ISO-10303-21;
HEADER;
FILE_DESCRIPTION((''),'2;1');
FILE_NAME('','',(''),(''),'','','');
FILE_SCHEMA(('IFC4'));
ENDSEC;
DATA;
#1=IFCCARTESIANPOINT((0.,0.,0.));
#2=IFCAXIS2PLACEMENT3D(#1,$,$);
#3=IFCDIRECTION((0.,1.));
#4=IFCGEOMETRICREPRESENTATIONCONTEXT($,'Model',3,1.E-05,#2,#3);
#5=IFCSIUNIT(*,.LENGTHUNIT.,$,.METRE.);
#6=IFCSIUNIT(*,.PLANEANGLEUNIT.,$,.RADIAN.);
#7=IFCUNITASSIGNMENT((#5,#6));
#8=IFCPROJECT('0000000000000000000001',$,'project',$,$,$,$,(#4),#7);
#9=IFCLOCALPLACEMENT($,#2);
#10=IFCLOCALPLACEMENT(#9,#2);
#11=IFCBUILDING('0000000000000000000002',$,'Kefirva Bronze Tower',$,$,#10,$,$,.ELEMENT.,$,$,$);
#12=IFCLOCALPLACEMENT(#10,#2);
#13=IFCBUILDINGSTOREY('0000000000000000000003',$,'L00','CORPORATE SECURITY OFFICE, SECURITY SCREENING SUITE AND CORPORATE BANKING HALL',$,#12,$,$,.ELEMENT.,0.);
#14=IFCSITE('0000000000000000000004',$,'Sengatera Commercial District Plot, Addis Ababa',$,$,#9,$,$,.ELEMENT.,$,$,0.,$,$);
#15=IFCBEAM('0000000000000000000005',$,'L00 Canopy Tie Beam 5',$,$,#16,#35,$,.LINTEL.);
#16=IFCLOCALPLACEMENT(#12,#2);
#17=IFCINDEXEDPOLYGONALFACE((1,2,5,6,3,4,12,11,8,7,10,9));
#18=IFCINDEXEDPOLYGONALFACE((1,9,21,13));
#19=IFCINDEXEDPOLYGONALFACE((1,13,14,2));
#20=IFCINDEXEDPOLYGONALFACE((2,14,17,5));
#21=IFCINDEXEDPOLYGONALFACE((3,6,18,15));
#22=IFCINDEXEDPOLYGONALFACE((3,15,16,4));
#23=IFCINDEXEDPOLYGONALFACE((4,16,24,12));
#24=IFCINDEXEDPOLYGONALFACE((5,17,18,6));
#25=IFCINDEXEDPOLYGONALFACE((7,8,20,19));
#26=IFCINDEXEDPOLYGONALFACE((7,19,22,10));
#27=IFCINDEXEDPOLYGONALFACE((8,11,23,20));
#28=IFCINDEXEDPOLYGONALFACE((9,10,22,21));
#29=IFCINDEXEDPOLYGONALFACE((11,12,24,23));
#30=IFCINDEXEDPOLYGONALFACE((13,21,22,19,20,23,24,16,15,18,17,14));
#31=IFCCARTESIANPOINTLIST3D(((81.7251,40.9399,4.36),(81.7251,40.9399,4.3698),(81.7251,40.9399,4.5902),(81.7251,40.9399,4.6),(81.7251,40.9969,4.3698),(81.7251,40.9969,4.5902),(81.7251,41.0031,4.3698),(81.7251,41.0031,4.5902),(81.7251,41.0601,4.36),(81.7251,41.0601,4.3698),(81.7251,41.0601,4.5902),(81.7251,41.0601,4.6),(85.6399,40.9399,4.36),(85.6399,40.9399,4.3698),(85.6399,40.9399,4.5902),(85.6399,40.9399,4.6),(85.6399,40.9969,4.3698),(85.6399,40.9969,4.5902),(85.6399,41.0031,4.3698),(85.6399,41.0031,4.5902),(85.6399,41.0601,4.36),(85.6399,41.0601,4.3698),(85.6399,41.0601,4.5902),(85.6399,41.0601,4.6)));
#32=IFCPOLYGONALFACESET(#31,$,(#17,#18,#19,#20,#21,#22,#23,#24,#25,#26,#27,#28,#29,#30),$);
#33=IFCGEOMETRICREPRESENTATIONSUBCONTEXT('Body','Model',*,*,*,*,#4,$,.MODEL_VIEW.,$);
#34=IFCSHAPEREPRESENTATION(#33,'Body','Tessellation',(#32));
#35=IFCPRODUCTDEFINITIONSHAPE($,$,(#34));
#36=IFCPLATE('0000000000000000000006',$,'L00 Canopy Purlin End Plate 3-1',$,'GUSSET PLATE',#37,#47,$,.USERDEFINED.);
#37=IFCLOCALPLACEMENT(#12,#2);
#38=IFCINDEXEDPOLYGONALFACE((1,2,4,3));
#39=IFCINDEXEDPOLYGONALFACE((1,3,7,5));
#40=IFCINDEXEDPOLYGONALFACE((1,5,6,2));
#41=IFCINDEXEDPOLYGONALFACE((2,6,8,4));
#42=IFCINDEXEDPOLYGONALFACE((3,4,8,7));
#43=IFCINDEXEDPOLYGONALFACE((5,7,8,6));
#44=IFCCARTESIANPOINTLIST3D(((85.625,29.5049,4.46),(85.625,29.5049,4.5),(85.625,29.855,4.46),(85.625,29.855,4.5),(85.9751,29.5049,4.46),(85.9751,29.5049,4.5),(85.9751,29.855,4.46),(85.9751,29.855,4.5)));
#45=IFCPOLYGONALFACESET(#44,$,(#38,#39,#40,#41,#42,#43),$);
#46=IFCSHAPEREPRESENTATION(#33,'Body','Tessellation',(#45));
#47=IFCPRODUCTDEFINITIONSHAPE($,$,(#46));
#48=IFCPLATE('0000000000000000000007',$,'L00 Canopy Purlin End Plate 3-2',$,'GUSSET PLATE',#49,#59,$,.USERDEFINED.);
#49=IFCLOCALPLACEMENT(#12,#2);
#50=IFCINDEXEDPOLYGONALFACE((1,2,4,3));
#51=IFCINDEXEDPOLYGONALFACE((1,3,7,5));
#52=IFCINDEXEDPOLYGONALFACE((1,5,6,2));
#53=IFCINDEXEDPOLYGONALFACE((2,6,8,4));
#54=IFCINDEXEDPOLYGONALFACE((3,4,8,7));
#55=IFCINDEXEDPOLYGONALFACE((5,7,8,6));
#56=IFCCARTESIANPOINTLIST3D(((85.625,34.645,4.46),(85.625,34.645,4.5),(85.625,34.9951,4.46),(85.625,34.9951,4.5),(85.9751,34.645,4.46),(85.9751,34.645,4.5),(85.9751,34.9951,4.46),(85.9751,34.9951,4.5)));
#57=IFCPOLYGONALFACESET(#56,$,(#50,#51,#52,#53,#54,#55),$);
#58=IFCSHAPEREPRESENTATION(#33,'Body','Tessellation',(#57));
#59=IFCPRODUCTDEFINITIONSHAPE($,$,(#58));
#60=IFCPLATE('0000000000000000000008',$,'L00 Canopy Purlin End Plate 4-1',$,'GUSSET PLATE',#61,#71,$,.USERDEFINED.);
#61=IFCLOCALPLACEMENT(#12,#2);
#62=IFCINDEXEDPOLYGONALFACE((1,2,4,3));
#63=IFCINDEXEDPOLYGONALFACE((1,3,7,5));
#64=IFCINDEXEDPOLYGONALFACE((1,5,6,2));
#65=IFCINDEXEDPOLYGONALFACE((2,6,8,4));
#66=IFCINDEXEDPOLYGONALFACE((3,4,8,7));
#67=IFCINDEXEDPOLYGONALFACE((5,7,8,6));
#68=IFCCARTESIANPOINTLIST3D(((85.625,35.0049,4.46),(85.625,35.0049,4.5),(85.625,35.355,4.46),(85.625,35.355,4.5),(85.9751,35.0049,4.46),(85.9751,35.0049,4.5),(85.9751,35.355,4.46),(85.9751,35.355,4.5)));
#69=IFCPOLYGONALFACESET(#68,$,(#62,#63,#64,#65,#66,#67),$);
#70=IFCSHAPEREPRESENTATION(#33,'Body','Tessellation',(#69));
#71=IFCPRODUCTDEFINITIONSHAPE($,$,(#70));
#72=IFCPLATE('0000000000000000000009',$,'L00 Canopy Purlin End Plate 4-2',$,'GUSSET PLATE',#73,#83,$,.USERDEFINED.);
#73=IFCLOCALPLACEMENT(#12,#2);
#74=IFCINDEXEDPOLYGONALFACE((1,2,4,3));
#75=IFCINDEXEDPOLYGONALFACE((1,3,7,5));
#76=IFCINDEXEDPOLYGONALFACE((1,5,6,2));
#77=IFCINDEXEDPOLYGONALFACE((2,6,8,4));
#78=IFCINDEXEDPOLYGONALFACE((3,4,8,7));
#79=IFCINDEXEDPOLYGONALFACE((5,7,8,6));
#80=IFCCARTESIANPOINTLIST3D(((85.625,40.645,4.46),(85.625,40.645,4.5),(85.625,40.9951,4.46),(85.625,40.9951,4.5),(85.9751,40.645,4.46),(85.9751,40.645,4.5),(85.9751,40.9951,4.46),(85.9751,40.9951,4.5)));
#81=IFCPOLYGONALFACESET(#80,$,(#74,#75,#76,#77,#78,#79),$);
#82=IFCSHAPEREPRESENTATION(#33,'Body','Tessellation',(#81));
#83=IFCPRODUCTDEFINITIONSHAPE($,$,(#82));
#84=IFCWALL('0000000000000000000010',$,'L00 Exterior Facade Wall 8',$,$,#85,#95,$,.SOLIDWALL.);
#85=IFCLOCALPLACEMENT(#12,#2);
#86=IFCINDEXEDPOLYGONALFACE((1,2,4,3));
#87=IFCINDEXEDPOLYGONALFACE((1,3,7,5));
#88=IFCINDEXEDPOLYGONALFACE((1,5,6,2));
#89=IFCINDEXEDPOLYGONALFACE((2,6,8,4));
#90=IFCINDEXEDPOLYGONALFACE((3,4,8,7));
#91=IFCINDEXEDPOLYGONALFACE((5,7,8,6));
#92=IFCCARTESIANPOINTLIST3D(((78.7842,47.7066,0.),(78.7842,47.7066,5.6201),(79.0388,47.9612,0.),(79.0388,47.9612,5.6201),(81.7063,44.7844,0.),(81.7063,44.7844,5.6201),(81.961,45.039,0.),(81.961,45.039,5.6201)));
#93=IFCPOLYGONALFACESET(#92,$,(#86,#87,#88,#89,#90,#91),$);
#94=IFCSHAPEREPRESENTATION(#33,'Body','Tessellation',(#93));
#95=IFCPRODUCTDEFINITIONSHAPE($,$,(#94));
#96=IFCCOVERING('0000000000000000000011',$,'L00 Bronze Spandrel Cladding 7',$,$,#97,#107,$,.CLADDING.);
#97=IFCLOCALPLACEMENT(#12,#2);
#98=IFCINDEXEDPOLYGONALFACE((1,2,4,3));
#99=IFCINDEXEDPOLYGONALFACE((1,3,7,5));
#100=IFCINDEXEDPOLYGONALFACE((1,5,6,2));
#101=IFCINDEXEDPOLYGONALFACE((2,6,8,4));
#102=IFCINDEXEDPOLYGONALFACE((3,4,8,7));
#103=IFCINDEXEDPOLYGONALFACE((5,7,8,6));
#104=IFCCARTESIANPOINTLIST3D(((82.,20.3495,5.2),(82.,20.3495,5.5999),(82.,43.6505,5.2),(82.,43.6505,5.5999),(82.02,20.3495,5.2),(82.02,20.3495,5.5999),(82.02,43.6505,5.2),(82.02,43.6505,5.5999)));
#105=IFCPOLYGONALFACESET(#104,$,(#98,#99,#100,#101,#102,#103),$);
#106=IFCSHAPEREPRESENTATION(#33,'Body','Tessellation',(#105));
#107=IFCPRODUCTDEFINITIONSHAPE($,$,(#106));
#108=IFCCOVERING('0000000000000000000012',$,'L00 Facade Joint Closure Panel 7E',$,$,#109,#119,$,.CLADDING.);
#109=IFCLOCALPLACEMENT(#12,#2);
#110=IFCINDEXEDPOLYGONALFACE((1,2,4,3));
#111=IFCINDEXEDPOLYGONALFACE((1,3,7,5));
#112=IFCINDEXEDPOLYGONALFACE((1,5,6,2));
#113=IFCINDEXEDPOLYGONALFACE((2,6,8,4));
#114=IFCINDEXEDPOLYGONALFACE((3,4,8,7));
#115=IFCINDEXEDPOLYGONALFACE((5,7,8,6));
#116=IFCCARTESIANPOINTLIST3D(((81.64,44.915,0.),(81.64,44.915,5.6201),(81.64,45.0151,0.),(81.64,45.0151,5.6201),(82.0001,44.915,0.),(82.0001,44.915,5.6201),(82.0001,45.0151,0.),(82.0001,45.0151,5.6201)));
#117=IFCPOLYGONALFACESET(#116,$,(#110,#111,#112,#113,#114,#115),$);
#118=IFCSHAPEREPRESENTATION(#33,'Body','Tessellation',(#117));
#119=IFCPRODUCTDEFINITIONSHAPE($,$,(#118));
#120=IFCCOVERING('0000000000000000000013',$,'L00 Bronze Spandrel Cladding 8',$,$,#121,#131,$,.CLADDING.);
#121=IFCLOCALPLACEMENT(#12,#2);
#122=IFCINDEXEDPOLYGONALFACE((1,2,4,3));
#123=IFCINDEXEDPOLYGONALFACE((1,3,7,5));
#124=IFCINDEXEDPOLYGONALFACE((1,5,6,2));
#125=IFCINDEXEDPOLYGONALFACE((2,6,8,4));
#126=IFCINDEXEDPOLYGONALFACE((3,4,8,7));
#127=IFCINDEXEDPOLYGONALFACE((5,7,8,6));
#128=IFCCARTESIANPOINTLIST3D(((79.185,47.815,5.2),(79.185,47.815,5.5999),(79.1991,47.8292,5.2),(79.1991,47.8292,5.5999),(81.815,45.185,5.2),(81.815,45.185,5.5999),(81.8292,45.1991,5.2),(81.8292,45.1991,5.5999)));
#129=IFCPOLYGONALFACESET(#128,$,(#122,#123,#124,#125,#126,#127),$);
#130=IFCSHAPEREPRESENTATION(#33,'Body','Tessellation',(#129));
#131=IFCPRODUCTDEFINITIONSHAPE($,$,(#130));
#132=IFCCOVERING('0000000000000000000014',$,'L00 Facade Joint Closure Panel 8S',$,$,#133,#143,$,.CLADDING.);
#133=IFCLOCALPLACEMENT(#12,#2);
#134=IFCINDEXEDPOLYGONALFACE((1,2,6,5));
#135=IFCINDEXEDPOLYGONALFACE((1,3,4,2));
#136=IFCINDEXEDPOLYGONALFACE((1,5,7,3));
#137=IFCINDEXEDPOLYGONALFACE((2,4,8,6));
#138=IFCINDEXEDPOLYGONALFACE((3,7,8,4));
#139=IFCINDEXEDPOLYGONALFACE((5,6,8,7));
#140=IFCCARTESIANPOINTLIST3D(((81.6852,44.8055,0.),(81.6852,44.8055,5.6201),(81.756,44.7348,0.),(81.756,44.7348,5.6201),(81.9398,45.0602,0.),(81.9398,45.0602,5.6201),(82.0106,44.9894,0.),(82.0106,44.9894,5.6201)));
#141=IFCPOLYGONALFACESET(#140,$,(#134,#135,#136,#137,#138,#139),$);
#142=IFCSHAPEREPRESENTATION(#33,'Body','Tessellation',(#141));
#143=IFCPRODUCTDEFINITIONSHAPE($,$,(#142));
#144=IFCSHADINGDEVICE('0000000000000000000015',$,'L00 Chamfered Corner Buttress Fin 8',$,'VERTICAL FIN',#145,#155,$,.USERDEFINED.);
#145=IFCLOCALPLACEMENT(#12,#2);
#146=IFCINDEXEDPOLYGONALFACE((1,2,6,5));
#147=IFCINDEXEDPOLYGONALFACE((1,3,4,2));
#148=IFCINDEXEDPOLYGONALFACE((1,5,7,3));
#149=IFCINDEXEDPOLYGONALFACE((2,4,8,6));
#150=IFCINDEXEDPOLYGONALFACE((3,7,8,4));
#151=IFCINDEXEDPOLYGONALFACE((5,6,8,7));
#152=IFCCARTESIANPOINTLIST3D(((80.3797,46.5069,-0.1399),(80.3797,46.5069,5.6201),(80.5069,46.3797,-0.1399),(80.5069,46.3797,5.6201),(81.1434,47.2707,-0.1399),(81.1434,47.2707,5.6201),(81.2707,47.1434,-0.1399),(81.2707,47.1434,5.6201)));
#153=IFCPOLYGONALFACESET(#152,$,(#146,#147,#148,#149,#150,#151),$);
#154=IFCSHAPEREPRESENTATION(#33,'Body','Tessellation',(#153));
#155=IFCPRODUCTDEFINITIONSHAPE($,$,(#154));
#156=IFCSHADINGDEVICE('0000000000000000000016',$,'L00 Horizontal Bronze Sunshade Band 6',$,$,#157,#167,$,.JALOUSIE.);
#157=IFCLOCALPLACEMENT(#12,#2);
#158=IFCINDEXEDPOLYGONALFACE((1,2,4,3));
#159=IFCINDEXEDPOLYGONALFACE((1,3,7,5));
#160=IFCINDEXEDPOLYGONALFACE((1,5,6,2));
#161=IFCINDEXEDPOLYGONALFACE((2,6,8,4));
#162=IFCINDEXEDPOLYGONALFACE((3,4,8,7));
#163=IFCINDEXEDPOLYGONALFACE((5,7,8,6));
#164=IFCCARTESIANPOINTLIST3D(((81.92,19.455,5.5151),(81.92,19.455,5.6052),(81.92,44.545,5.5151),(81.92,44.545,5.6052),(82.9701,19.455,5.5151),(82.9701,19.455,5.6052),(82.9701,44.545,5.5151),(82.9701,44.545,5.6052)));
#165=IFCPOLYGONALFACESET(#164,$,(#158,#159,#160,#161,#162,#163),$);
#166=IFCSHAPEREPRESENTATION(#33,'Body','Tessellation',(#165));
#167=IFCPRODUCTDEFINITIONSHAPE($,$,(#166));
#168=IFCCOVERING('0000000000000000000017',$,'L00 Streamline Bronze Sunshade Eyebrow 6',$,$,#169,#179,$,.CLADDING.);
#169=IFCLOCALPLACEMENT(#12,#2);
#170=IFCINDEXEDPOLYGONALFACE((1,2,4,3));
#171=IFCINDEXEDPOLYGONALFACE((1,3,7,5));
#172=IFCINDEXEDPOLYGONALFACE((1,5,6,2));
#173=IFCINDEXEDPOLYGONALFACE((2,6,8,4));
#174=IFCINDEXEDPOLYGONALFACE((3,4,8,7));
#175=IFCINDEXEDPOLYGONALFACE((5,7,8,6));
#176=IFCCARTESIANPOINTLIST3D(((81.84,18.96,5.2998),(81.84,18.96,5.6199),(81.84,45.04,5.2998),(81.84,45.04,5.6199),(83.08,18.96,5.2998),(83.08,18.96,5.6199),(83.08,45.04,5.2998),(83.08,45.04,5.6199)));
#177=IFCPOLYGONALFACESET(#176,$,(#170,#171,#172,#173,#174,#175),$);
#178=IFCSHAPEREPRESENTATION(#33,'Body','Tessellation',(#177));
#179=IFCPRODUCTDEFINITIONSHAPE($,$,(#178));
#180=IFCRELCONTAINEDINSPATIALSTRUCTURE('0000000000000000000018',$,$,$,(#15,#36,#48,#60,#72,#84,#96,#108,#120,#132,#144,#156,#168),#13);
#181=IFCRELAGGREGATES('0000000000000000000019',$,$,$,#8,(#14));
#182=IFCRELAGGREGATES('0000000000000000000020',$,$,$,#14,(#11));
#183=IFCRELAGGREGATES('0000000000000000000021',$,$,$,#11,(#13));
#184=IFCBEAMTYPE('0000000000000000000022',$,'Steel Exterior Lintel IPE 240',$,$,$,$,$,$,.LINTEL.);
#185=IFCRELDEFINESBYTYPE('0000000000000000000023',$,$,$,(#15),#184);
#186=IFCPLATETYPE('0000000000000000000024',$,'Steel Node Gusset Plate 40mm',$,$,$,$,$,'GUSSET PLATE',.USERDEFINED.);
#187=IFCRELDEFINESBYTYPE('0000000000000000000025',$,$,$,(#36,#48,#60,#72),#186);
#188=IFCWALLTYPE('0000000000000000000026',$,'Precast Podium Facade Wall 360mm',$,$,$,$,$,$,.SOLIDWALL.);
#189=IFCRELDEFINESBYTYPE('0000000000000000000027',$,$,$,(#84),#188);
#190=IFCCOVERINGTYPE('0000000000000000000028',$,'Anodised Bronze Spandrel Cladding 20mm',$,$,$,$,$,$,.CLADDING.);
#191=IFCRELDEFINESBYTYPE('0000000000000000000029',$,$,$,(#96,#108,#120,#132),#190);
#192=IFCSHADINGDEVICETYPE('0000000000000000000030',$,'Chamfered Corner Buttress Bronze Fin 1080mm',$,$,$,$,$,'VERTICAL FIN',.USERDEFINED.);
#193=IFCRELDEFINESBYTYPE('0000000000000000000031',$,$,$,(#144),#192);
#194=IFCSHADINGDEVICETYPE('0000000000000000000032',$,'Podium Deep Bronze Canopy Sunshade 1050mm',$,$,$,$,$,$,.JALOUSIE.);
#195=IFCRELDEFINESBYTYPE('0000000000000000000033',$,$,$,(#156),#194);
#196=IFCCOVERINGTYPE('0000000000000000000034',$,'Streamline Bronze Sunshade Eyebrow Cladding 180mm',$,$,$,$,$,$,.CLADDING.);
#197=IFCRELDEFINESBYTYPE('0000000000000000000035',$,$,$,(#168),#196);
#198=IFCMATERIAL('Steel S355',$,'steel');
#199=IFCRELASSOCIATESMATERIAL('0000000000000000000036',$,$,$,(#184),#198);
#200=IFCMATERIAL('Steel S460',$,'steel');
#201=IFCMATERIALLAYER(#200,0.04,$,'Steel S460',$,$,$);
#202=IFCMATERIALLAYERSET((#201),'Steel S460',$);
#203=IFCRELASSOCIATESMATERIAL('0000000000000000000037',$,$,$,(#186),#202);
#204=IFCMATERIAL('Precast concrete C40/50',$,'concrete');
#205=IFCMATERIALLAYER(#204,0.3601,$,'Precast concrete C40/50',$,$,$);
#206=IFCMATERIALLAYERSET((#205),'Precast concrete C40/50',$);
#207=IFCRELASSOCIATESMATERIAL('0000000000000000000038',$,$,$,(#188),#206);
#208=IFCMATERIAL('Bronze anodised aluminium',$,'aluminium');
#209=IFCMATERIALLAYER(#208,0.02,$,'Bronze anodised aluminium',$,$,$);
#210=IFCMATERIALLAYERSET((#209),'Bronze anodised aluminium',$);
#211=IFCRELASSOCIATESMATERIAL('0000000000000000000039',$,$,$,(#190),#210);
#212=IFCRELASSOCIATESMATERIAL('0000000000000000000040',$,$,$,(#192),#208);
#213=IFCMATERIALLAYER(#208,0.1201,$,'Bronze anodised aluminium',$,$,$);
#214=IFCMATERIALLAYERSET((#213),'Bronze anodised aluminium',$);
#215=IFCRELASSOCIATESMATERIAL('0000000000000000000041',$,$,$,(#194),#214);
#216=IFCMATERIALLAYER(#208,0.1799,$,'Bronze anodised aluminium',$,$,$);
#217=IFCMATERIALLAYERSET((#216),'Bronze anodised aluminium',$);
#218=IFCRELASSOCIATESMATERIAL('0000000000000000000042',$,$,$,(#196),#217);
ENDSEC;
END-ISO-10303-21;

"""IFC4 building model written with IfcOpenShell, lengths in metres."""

from ifc_helpers import new_model, si_unit, direction, frame, frame_2d, origin, origin_2d, place, context, subcontext, project, spatial, rectangle, i_section, extrude, material, layer, layer_set, material_profile, profile_set, type_object, element, save


model = new_model("IFC4")

# Units and contexts
model_context = context("Model", 3, precision=1e-05, world=origin(), true_north=direction((0.0, 1.0)))
body_context = subcontext(model_context, "Body", "Model", "MODEL_VIEW")
ifc_project = project(units=[si_unit("LENGTHUNIT", "METRE"), si_unit("PLANEANGLEUNIT", "RADIAN")], contexts=[model_context])

# Site, building, storey
site_placement = place(None, origin())
site = spatial("IfcSite", under=ifc_project, at=site_placement, Name="Sengatera Commercial District Plot, Addis Ababa", CompositionType="ELEMENT", RefElevation=0.0)
building_placement = place(site_placement, origin())
building = spatial("IfcBuilding", under=site, at=building_placement, Name="Kefirva Bronze Tower", CompositionType="ELEMENT")
storey_placement = place(building_placement, origin())
storey = spatial("IfcBuildingStorey", under=building, at=storey_placement, Name="L00", Description="CORPORATE SECURITY OFFICE, SECURITY SCREENING SUITE AND CORPORATE BANKING HALL", CompositionType="ELEMENT", Elevation=0.0)

# Shared definitions
ifc_material_1 = material(Name="Steel S355", Category="steel")

# Beam
ifc_material_profile_1 = material_profile(ifc_material_1, i_section(OverallWidth=0.1201, OverallDepth=0.24, WebThickness=0.0061, FlangeThickness=0.0098, at=origin_2d()), Name="IPE 240")
ifc_profile_set_1 = profile_set([ifc_material_profile_1], Name="Steel S355")
beam_type = type_object("IfcBeamType", Name="Steel Exterior Lintel IPE 240", PredefinedType="LINTEL", material=ifc_profile_set_1)
for number, where, z_axis, x_axis, name in (
    (1, (81.7251, 41.0, 4.48), (1.0, 0.0, 0.0), (0.0, 1.0, 0.0), "L00 Canopy Tie Beam 5"),
):
    element("IfcBeam", number, at=place(storey_placement, frame(where, z_axis=z_axis, x_axis=x_axis)), inside=storey, type_object=beam_type, Name=name, PredefinedType="LINTEL", context=body_context, shape_type="SweptSolid", body=[
        extrude(i_section(OverallWidth=0.1201, OverallDepth=0.24, WebThickness=0.0061, FlangeThickness=0.0098, at=origin_2d()), origin(), (0.0, 0.0, 1.0), 3.9148),
    ])

# Plates
ifc_material_2 = material(Name="Steel S460", Category="steel")
ifc_layer_1 = layer(ifc_material_2, 0.04, Name="Steel S460")
ifc_layer_set_1 = layer_set([ifc_layer_1], Name="Steel S460")
plate_type = type_object("IfcPlateType", Name="Steel Node Gusset Plate 40mm", ElementType="GUSSET PLATE", PredefinedType="USERDEFINED", material=ifc_layer_set_1)
for number, where, z_axis, x_axis, name in (
    (2, (85.8, 29.6799, 4.46), (0.0, 0.0, 1.0), (1.0, 0.0, 0.0), "L00 Canopy Purlin End Plate 3-1"),
    (3, (85.8, 34.8201, 4.46), (0.0, 0.0, 1.0), (1.0, 0.0, 0.0), "L00 Canopy Purlin End Plate 3-2"),
    (4, (85.8, 35.1799, 4.46), (0.0, 0.0, 1.0), (1.0, 0.0, 0.0), "L00 Canopy Purlin End Plate 4-1"),
    (5, (85.8, 40.8201, 4.46), (0.0, 0.0, 1.0), (1.0, 0.0, 0.0), "L00 Canopy Purlin End Plate 4-2"),
):
    element("IfcPlate", number, at=place(storey_placement, frame(where, z_axis=z_axis, x_axis=x_axis)), inside=storey, type_object=plate_type, Name=name, ObjectType="GUSSET PLATE", PredefinedType="USERDEFINED", context=body_context, shape_type="SweptSolid", body=[
        extrude(rectangle(XDim=0.3501, YDim=0.3501, at=origin_2d()), origin(), (0.0, 0.0, 1.0), 0.04),
    ])

# Wall
ifc_material_3 = material(Name="Precast concrete C40/50", Category="concrete")
ifc_layer_2 = layer(ifc_material_3, 0.3601, Name="Precast concrete C40/50")
ifc_layer_set_2 = layer_set([ifc_layer_2], Name="Precast concrete C40/50")
wall_type = type_object("IfcWallType", Name="Precast Podium Facade Wall 360mm", PredefinedType="SOLIDWALL", material=ifc_layer_set_2)
wall_placement = place(storey_placement, frame((81.8337, 44.9116, 0.0), z_axis=(0.0, 0.0, 1.0), x_axis=(-0.707107, 0.707107, 0.0)))
element("IfcWall", 6, at=wall_placement, inside=storey, type_object=wall_type, Name="L00 Exterior Facade Wall 8", PredefinedType="SOLIDWALL", context=body_context, shape_type="SweptSolid", body=[
    extrude(rectangle(XDim=4.1326, YDim=0.3601, at=frame_2d((2.0664, 0.0))), origin(), (0.0, 0.0, 1.0), 5.6201),
])

# Coverings
ifc_material_4 = material(Name="Bronze anodised aluminium", Category="aluminium")
ifc_layer_3 = layer(ifc_material_4, 0.02, Name="Bronze anodised aluminium")
ifc_layer_set_3 = layer_set([ifc_layer_3], Name="Bronze anodised aluminium")
covering_type_1 = type_object("IfcCoveringType", Name="Anodised Bronze Spandrel Cladding 20mm", PredefinedType="CLADDING", material=ifc_layer_set_3)
covering_1_placement = place(storey_placement, frame((82.01, 32.0, 5.2), z_axis=(0.0, 0.0, 1.0), x_axis=(0.0, 1.0, 0.0)))
element("IfcCovering", 7, at=covering_1_placement, inside=storey, type_object=covering_type_1, Name="L00 Bronze Spandrel Cladding 7", PredefinedType="CLADDING", context=body_context, shape_type="SweptSolid", body=[
    extrude(rectangle(XDim=23.301, YDim=0.02, at=origin_2d()), origin(), (0.0, 0.0, 1.0), 0.3999),
])
covering_2_placement = place(storey_placement, frame((81.8201, 44.9651, 0.0), z_axis=(0.0, 0.0, 1.0), x_axis=(0.0, 1.0, 0.0)))
element("IfcCovering", 8, at=covering_2_placement, inside=storey, type_object=covering_type_1, Name="L00 Facade Joint Closure Panel 7E", PredefinedType="CLADDING", context=body_context, shape_type="SweptSolid", body=[
    extrude(rectangle(XDim=0.1001, YDim=0.3601, at=origin_2d()), origin(), (0.0, 0.0, 1.0), 5.6201),
])
covering_3_placement = place(storey_placement, frame((80.5071, 46.5071, 5.2), z_axis=(0.0, 0.0, 1.0), x_axis=(-0.707107, 0.707107, 0.0)))
element("IfcCovering", 9, at=covering_3_placement, inside=storey, type_object=covering_type_1, Name="L00 Bronze Spandrel Cladding 8", PredefinedType="CLADDING", context=body_context, shape_type="SweptSolid", body=[
    extrude(rectangle(XDim=3.7195, YDim=0.02, at=origin_2d()), origin(), (0.0, 0.0, 1.0), 0.3999),
])
covering_4_placement = place(storey_placement, frame((81.8479, 44.8975, 0.0), z_axis=(0.0, 0.0, 1.0), x_axis=(-0.707107, 0.707107, 0.0)))
element("IfcCovering", 10, at=covering_4_placement, inside=storey, type_object=covering_type_1, Name="L00 Facade Joint Closure Panel 8S", PredefinedType="CLADDING", context=body_context, shape_type="SweptSolid", body=[
    extrude(rectangle(XDim=0.1001, YDim=0.3601, at=origin_2d()), origin(), (0.0, 0.0, 1.0), 5.6201),
])

# Shading devices
ifc_material_profile_2 = material_profile(ifc_material_4, rectangle(XDim=0.1799, YDim=1.0801, at=origin_2d()), Name="BRONZE BUTTRESS FIN 180x1080")
ifc_profile_set_2 = profile_set([ifc_material_profile_2], Name="Bronze anodised aluminium")
shading_device_type_1 = type_object("IfcShadingDeviceType", Name="Chamfered Corner Buttress Bronze Fin 1080mm", ElementType="VERTICAL FIN", PredefinedType="USERDEFINED", material=ifc_profile_set_2)
shading_device_1_placement = place(storey_placement, frame((80.8252, 46.8252, -0.1399), z_axis=(0.0, 0.0, 1.0), x_axis=(-0.707107, 0.707107, 0.0)))
element("IfcShadingDevice", 11, at=shading_device_1_placement, inside=storey, type_object=shading_device_type_1, Name="L00 Chamfered Corner Buttress Fin 8", ObjectType="VERTICAL FIN", PredefinedType="USERDEFINED", context=body_context, shape_type="SweptSolid", body=[
    extrude(rectangle(XDim=0.1799, YDim=1.0801, at=origin_2d()), origin(), (0.0, 0.0, 1.0), 5.76),
])
ifc_layer_4 = layer(ifc_material_4, 0.1201, Name="Bronze anodised aluminium")
ifc_layer_set_4 = layer_set([ifc_layer_4], Name="Bronze anodised aluminium")
shading_device_type_2 = type_object("IfcShadingDeviceType", Name="Podium Deep Bronze Canopy Sunshade 1050mm", PredefinedType="JALOUSIE", material=ifc_layer_set_4)
shading_device_2_placement = place(storey_placement, frame((82.4451, 32.0, 5.5151), z_axis=(0.0, 0.0, 1.0), x_axis=(0.0, 1.0, 0.0)))
element("IfcShadingDevice", 12, at=shading_device_2_placement, inside=storey, type_object=shading_device_type_2, Name="L00 Horizontal Bronze Sunshade Band 6", PredefinedType="JALOUSIE", context=body_context, shape_type="SweptSolid", body=[
    extrude(rectangle(XDim=25.0901, YDim=1.05, at=origin_2d()), origin(), (0.0, 0.0, 1.0), 0.0901),
])

# Covering
ifc_layer_5 = layer(ifc_material_4, 0.1799, Name="Bronze anodised aluminium")
ifc_layer_set_5 = layer_set([ifc_layer_5], Name="Bronze anodised aluminium")
covering_type_2 = type_object("IfcCoveringType", Name="Streamline Bronze Sunshade Eyebrow Cladding 180mm", PredefinedType="CLADDING", material=ifc_layer_set_5)
covering_5_placement = place(storey_placement, frame((82.46, 32.0, 5.2998), z_axis=(0.0, 0.0, 1.0), x_axis=(0.0, 1.0, 0.0)))
element("IfcCovering", 13, at=covering_5_placement, inside=storey, type_object=covering_type_2, Name="L00 Streamline Bronze Sunshade Eyebrow 6", PredefinedType="CLADDING", context=body_context, shape_type="SweptSolid", body=[
    extrude(rectangle(XDim=26.0801, YDim=1.24, at=origin_2d()), origin(), (0.0, 0.0, 1.0), 0.3201),
])

save(model, "model.ifc")
